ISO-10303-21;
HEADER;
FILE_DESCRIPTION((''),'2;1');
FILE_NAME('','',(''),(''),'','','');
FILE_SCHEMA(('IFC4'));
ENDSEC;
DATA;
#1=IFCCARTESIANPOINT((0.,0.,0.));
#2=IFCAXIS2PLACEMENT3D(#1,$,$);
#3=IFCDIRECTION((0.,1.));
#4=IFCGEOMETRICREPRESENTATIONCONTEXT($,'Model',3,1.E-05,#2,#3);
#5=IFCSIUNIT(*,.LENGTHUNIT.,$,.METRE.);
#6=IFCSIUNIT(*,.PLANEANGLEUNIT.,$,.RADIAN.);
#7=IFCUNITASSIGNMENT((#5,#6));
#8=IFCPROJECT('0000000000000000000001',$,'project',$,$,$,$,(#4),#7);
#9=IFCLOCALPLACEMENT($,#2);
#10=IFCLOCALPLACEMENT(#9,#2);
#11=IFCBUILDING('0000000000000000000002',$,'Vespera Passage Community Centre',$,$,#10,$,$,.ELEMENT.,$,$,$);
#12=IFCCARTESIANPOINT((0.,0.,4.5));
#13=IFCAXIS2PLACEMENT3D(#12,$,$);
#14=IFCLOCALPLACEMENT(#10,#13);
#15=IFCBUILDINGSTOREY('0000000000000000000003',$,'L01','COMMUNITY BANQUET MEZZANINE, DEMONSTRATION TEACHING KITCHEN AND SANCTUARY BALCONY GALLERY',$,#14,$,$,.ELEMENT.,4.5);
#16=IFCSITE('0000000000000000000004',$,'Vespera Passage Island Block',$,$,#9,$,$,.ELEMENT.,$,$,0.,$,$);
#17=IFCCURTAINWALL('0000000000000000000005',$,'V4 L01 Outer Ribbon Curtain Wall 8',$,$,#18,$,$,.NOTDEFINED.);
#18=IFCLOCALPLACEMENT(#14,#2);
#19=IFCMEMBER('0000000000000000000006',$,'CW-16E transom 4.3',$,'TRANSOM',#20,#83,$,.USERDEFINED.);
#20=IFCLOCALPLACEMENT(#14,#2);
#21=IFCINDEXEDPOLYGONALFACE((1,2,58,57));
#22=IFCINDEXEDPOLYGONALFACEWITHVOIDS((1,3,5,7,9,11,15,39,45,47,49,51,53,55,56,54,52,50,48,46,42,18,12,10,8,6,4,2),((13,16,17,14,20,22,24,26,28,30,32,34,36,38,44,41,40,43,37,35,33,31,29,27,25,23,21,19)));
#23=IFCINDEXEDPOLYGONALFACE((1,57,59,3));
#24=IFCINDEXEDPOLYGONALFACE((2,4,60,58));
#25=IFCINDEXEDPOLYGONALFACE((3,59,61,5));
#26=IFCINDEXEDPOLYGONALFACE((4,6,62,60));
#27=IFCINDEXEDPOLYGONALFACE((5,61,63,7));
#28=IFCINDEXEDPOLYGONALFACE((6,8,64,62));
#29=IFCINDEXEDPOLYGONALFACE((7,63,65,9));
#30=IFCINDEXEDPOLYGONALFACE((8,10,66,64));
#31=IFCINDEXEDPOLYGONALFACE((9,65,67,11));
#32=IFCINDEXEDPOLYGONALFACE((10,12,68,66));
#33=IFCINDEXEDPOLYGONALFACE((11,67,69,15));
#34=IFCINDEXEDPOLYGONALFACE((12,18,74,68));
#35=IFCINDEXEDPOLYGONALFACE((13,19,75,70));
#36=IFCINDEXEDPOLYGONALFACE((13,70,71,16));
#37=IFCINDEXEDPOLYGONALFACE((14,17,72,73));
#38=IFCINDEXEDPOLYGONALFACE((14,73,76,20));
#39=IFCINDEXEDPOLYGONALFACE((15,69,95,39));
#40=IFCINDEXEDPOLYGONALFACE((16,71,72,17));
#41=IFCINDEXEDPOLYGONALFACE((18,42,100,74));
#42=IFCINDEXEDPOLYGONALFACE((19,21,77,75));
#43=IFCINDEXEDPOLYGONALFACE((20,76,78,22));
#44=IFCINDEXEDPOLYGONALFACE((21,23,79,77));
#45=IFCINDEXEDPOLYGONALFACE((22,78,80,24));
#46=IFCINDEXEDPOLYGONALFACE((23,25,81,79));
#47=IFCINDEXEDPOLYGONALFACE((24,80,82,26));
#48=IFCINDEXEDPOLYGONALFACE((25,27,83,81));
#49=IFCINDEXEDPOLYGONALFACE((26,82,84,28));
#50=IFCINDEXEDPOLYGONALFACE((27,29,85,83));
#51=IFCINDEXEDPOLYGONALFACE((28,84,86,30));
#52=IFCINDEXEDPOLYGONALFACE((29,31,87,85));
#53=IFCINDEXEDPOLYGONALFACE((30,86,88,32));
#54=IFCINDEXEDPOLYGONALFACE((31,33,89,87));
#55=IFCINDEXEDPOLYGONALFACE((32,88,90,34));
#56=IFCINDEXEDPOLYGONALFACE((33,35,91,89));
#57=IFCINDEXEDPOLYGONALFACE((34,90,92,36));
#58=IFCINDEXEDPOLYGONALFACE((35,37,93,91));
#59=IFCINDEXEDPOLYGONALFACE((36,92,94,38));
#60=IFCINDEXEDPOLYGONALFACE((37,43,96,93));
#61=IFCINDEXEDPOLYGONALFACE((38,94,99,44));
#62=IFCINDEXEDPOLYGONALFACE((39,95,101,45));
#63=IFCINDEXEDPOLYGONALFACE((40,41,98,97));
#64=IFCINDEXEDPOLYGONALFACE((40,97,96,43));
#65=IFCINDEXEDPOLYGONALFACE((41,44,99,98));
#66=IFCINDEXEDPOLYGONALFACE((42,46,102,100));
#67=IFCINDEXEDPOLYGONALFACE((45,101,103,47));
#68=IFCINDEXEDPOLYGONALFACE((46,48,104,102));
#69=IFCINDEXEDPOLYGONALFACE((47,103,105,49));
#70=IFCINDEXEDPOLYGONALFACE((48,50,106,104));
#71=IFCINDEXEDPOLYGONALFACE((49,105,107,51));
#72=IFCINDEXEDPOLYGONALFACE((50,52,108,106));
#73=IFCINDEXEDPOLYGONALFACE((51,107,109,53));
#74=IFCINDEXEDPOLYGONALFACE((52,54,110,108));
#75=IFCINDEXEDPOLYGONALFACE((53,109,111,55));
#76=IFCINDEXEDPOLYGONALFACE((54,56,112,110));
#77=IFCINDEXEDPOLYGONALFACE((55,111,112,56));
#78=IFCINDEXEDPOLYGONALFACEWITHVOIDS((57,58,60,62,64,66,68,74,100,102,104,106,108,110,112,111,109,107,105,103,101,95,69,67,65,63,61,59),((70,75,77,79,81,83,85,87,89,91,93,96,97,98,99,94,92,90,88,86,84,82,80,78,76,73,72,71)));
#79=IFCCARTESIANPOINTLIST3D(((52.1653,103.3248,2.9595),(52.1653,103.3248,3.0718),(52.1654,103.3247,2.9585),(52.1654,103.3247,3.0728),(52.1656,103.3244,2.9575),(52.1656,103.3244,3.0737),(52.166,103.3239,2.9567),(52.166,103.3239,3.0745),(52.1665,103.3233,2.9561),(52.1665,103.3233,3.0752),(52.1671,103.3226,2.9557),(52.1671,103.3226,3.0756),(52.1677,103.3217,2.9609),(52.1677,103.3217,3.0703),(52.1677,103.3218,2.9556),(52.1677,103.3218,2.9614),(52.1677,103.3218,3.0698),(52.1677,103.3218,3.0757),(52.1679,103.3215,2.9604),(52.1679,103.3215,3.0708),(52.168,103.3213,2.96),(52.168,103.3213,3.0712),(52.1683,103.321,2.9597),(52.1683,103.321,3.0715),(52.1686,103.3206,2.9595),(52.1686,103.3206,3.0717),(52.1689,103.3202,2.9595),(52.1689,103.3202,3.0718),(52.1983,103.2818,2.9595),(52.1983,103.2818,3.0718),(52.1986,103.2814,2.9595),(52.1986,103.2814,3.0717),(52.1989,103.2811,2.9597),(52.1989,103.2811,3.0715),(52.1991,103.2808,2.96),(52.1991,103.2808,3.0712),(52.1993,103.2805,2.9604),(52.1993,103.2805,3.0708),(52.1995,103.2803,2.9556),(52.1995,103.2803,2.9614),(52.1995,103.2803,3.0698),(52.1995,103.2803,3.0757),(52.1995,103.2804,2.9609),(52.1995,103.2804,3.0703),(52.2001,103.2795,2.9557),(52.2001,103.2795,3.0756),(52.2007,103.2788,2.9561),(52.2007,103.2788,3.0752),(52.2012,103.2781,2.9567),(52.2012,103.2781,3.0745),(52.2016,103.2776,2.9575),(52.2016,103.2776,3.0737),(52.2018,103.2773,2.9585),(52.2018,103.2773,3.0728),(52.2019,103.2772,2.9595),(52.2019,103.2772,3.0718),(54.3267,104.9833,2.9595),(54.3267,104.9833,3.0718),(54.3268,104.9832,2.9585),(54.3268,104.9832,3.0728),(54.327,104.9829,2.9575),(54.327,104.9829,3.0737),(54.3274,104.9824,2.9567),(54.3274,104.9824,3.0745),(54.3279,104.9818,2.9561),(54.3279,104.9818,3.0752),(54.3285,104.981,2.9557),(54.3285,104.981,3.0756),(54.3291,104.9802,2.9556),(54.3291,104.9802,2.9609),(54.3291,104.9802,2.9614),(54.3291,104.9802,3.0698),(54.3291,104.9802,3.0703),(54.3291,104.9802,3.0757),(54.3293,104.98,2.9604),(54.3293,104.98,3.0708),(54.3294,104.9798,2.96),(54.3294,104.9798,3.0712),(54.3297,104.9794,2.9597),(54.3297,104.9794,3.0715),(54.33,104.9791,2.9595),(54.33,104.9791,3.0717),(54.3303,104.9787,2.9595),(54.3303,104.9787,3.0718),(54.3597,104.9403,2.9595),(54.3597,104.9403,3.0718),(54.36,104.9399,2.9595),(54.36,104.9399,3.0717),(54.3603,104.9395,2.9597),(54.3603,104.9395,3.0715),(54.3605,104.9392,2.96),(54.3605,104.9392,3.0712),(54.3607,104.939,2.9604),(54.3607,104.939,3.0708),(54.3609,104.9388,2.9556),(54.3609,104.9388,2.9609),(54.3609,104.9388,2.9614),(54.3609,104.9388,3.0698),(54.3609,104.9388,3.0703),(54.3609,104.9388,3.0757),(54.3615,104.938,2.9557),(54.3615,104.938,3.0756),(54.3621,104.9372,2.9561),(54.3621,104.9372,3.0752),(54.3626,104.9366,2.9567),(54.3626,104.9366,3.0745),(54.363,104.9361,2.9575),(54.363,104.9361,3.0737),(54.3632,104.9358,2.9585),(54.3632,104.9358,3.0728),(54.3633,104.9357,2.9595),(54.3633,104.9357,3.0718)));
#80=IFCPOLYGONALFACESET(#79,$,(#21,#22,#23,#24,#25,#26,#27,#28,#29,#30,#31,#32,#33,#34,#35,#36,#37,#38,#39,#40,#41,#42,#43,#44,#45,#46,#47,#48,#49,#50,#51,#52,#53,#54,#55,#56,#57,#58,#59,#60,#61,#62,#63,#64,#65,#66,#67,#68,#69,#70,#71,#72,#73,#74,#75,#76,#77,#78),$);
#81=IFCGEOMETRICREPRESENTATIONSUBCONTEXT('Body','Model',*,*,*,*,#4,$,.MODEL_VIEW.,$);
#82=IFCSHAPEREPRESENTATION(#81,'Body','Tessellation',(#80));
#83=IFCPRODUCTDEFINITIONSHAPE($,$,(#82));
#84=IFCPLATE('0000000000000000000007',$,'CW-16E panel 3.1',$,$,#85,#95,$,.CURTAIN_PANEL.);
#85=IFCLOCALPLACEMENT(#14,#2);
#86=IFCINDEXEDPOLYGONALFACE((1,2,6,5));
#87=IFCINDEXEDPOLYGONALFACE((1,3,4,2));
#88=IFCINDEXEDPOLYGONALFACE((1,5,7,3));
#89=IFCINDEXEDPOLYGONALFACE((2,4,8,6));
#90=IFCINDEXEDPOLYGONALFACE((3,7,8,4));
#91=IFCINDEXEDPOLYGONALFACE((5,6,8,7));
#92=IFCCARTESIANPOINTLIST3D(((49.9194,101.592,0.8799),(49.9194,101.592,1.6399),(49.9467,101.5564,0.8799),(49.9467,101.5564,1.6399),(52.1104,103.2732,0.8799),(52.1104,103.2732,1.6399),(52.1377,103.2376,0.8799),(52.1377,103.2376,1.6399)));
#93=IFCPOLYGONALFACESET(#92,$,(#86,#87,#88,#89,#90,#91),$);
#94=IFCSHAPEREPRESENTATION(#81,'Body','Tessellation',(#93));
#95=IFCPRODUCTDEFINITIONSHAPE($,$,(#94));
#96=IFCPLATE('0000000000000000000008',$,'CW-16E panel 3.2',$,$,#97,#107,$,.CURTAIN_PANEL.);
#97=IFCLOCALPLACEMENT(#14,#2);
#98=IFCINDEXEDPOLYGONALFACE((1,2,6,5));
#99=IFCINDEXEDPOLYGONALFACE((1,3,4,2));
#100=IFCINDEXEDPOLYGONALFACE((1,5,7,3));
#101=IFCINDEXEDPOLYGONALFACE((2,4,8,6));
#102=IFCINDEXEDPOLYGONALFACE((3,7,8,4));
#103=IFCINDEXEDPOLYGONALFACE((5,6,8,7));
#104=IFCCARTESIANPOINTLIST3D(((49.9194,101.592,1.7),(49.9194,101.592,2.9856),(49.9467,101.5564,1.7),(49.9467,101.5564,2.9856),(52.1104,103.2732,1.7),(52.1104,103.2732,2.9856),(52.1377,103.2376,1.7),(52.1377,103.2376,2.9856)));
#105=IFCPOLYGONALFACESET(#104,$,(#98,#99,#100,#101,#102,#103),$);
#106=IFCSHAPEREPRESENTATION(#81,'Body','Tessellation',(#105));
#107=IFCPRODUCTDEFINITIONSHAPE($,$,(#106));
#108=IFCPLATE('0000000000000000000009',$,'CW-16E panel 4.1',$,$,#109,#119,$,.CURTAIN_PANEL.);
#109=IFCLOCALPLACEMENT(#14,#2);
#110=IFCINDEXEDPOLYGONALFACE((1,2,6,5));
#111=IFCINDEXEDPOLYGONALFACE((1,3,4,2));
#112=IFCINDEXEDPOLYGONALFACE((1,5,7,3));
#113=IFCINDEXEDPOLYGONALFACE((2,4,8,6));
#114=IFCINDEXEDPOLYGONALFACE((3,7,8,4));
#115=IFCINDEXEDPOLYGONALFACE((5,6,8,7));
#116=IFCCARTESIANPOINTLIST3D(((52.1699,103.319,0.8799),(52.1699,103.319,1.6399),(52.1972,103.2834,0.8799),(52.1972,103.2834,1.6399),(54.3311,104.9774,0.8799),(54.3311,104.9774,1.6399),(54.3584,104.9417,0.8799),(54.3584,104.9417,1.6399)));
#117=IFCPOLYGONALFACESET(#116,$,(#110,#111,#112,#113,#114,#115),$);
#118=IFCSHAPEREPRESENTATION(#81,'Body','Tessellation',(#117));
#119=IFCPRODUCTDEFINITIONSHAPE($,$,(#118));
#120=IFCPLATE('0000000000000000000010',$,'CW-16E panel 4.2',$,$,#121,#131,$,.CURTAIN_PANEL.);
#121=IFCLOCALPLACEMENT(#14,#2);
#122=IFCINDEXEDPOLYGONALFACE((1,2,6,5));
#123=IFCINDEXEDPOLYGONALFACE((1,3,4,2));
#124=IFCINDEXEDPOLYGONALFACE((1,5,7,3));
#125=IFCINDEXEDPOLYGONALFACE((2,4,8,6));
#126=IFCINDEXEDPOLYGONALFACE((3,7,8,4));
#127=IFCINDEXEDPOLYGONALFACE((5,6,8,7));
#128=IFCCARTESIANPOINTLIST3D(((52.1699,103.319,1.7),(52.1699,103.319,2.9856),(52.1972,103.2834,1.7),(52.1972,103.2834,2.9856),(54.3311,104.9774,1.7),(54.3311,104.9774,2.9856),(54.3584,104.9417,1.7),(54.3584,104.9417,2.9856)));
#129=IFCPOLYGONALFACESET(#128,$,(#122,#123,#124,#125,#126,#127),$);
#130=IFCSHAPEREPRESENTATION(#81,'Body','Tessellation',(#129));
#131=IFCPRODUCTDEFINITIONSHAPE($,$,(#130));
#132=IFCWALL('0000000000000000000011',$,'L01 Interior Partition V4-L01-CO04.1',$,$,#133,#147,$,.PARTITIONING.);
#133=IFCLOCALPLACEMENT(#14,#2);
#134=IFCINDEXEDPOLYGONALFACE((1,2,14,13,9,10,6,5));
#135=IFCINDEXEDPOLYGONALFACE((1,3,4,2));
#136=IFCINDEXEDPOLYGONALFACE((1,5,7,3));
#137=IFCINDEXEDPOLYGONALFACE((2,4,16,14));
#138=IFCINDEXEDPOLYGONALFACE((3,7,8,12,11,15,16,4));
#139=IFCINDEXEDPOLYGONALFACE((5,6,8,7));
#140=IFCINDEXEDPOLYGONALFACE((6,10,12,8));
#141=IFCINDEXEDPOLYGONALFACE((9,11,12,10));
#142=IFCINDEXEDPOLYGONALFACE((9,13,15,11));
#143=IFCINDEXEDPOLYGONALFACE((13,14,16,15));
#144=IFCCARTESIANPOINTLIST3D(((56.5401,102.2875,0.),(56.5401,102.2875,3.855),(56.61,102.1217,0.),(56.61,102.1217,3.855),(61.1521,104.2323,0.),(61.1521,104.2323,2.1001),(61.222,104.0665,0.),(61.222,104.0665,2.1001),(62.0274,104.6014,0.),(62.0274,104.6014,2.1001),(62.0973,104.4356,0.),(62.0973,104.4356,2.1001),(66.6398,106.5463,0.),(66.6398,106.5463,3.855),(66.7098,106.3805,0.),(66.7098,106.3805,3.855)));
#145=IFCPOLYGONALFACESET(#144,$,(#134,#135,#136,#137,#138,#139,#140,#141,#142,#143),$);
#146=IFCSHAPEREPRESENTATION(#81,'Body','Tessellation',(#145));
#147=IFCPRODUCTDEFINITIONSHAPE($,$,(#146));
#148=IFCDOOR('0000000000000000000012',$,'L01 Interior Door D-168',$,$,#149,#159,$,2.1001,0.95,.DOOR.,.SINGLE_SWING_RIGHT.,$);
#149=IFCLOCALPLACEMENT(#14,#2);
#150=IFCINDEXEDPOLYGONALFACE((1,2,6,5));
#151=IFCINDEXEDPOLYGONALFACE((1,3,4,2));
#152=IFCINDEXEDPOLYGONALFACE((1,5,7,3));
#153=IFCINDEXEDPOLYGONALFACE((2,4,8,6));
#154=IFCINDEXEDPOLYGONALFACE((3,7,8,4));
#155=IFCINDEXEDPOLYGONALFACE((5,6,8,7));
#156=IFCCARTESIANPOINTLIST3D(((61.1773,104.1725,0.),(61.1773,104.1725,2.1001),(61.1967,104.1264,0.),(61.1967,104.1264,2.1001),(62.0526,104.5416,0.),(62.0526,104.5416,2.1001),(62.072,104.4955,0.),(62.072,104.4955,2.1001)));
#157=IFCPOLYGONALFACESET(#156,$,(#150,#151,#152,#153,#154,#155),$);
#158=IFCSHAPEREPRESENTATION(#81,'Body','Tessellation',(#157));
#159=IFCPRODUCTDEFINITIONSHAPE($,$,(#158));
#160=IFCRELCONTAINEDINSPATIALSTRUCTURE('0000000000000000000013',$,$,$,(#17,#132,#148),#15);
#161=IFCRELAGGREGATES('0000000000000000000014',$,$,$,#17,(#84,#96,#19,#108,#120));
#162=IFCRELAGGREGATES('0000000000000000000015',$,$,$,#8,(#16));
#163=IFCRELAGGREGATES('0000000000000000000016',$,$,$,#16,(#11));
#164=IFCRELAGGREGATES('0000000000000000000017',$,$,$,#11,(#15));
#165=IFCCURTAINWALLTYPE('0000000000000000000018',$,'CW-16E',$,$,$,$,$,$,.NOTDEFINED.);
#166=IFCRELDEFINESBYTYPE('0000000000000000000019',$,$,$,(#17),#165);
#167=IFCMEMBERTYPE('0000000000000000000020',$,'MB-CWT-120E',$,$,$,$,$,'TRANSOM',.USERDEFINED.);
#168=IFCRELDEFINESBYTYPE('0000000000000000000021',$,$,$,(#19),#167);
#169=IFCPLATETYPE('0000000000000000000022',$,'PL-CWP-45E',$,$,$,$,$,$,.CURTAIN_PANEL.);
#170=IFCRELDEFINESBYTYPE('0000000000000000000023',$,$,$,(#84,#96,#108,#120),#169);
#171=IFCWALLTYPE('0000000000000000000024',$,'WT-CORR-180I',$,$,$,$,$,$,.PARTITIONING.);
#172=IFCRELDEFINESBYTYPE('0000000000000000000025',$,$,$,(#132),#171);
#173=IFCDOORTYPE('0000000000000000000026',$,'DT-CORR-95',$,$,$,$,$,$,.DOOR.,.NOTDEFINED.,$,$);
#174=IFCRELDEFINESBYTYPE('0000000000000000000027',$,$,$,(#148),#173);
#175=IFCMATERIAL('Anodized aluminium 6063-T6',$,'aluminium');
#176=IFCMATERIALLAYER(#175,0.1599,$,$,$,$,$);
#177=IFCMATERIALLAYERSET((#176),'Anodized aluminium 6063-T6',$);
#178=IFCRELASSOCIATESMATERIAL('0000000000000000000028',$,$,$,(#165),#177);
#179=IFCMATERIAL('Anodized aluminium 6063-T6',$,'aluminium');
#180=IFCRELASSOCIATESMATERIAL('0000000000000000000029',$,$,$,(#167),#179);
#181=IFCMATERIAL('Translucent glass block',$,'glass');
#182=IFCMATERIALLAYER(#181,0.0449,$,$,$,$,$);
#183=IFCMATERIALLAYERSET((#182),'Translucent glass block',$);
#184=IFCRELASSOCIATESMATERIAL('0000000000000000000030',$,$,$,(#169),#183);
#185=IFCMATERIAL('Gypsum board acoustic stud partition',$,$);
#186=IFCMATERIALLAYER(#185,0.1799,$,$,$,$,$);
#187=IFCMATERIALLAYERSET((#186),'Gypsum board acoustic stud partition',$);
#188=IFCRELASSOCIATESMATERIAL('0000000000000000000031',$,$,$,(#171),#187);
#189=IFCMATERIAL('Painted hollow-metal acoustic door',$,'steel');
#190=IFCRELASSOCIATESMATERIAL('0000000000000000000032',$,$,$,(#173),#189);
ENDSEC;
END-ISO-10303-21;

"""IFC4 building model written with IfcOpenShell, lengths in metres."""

from ifc_helpers import new_model, si_unit, direction, frame, frame_2d, origin, origin_2d, place, context, subcontext, project, spatial, rectangle, hollow_rectangle, extrude, material, layer, layer_set, material_profile, profile_set, type_object, element, fill, aggregate, save


model = new_model("IFC4")

# Units and contexts
model_context = context("Model", 3, precision=1e-05, world=origin(), true_north=direction((0.0, 1.0)))
body_context = subcontext(model_context, "Body", "Model", "MODEL_VIEW")
ifc_project = project(units=[si_unit("LENGTHUNIT", "METRE"), si_unit("PLANEANGLEUNIT", "RADIAN")], contexts=[model_context])

# Site, building, storey
site_placement = place(None, origin())
site = spatial("IfcSite", under=ifc_project, at=site_placement, Name="Vespera Passage Island Block", CompositionType="ELEMENT", RefElevation=0.0)
building_placement = place(site_placement, origin())
building = spatial("IfcBuilding", under=site, at=building_placement, Name="Vespera Passage Community Centre", CompositionType="ELEMENT")
storey_placement = place(building_placement, frame((0.0, 0.0, 4.5)))
storey = spatial("IfcBuildingStorey", under=building, at=storey_placement, Name="L01", Description="COMMUNITY BANQUET MEZZANINE, DEMONSTRATION TEACHING KITCHEN AND SANCTUARY BALCONY GALLERY", CompositionType="ELEMENT", Elevation=4.5)

# Curtain wall
ifc_material_1 = material(Name="Anodized aluminium 6063-T6", Category="aluminium")
ifc_layer_1 = layer(ifc_material_1, 0.1599)
ifc_layer_set_1 = layer_set([ifc_layer_1], Name="Anodized aluminium 6063-T6")
curtain_wall_type_1 = type_object("IfcCurtainWallType", Name="CW-16E", PredefinedType="NOTDEFINED", material=ifc_layer_set_1)
curtain_wall_1_placement = place(storey_placement, origin())
curtain_wall_1 = element("IfcCurtainWall", 1, at=curtain_wall_1_placement, inside=storey, type_object=curtain_wall_type_1, Name="V4 L01 Outer Ribbon Curtain Wall 8", PredefinedType="NOTDEFINED")

# Member
ifc_material_2 = material(Name="Anodized aluminium 6063-T6", Category="aluminium")
ifc_material_profile_1 = material_profile(ifc_material_2, hollow_rectangle(XDim=0.0601, YDim=0.1201, WallThickness=0.0039, InnerFilletRadius=0.002, OuterFilletRadius=0.0039, at=origin_2d()), Name="ALU120X60X4")
ifc_profile_set_1 = profile_set([ifc_material_profile_1], Name="Anodized aluminium 6063-T6")
member_type_1 = type_object("IfcMemberType", Name="MB-CWT-120E", ElementType="TRANSOM", PredefinedType="USERDEFINED", material=ifc_profile_set_1)
member_1_placement = place(storey_placement, frame((52.1836, 103.301, 3.0156), z_axis=(0.79336, 0.608753, 0.0), x_axis=(-0.608753, 0.79336, 0.0)))
member_1 = element("IfcMember", 2, at=member_1_placement, type_object=member_type_1, Name="CW-16E transom 4.3", ObjectType="TRANSOM", PredefinedType="USERDEFINED", context=body_context, shape_type="SweptSolid", body=[
    extrude(hollow_rectangle(XDim=0.0601, YDim=0.1201, WallThickness=0.0039, InnerFilletRadius=0.002, OuterFilletRadius=0.0039, at=origin_2d()), origin(), (0.0, 0.0, 1.0), 2.7244),
])

# Plates
ifc_material_3 = material(Name="Translucent glass block", Category="glass")
ifc_layer_2 = layer(ifc_material_3, 0.0449)
ifc_layer_set_2 = layer_set([ifc_layer_2], Name="Translucent glass block")
plate_type = type_object("IfcPlateType", Name="PL-CWP-45E", PredefinedType="CURTAIN_PANEL", material=ifc_layer_set_2)
plate_1_placement = place(storey_placement, frame((51.0286, 102.4148, 0.8799), z_axis=(0.0, 0.0, 1.0), x_axis=(0.793348, 0.608768, 0.0)))
plate_1 = element("IfcPlate", 3, at=plate_1_placement, type_object=plate_type, Name="CW-16E panel 3.1", PredefinedType="CURTAIN_PANEL", context=body_context, shape_type="SweptSolid", body=[
    extrude(rectangle(XDim=2.7617, YDim=0.0449, at=origin_2d()), origin(), (0.0, 0.0, 1.0), 0.76),
])
plate_2_placement = place(storey_placement, frame((51.0286, 102.4148, 1.7), z_axis=(0.0, 0.0, 1.0), x_axis=(0.793348, 0.608768, 0.0)))
plate_2 = element("IfcPlate", 4, at=plate_2_placement, type_object=plate_type, Name="CW-16E panel 3.2", PredefinedType="CURTAIN_PANEL", context=body_context, shape_type="SweptSolid", body=[
    extrude(rectangle(XDim=2.7617, YDim=0.0449, at=origin_2d()), origin(), (0.0, 0.0, 1.0), 1.2856),
])
plate_3_placement = place(storey_placement, frame((53.2642, 104.1304, 0.8799), z_axis=(0.0, 0.0, 1.0), x_axis=(0.793348, 0.608768, 0.0)))
plate_3 = element("IfcPlate", 5, at=plate_3_placement, type_object=plate_type, Name="CW-16E panel 4.1", PredefinedType="CURTAIN_PANEL", context=body_context, shape_type="SweptSolid", body=[
    extrude(rectangle(XDim=2.7241, YDim=0.0449, at=origin_2d()), origin(), (0.0, 0.0, 1.0), 0.76),
])
plate_4_placement = place(storey_placement, frame((53.2642, 104.1304, 1.7), z_axis=(0.0, 0.0, 1.0), x_axis=(0.793348, 0.608768, 0.0)))
plate_4 = element("IfcPlate", 6, at=plate_4_placement, type_object=plate_type, Name="CW-16E panel 4.2", PredefinedType="CURTAIN_PANEL", context=body_context, shape_type="SweptSolid", body=[
    extrude(rectangle(XDim=2.7241, YDim=0.0449, at=origin_2d()), origin(), (0.0, 0.0, 1.0), 1.2856),
])
aggregate(curtain_wall_1, [plate_1, plate_2, member_1, plate_3, plate_4])

# Wall, opening, door
ifc_material_4 = material(Name="Gypsum board acoustic stud partition")
ifc_layer_3 = layer(ifc_material_4, 0.1799)
ifc_layer_set_3 = layer_set([ifc_layer_3], Name="Gypsum board acoustic stud partition")
wall_type_1 = type_object("IfcWallType", Name="WT-CORR-180I", PredefinedType="PARTITIONING", material=ifc_layer_set_3)
wall_1_placement = place(storey_placement, frame((66.6748, 106.4634, 0.0), z_axis=(0.0, 0.0, 1.0), x_axis=(-0.921432, -0.388539, 0.0)))
wall_1 = element("IfcWall", 7, at=wall_1_placement, inside=storey, type_object=wall_type_1, Name="L01 Interior Partition V4-L01-CO04.1", PredefinedType="PARTITIONING", context=body_context, shape_type="SweptSolid", body=[
    extrude(rectangle(XDim=10.9609, YDim=0.1799, at=frame_2d((5.4805, 0.0))), origin(), (0.0, 0.0, 1.0), 3.855),
])
opening_1_placement = place(wall_1_placement, frame((5.0056, 0.0, 0.0)))
opening_1 = element("IfcOpeningElement", 8, at=opening_1_placement, cuts=wall_1, PredefinedType="OPENING", context=body_context, shape_type="SweptSolid", body=[
    extrude(rectangle(XDim=0.95, YDim=2.1001, at=frame_2d((0.4751, 1.05))), frame((0.0, 0.0999, 0.0), z_axis=(0.0, -1.0, 0.0), x_axis=(1.0, 0.0, 0.0)), (0.0, 0.0, 1.0), 0.2),
])
ifc_material_5 = material(Name="Painted hollow-metal acoustic door", Category="steel")
door_type_1 = type_object("IfcDoorType", Name="DT-CORR-95", OperationType="NOTDEFINED", PredefinedType="DOOR", material=ifc_material_5)
door_1_placement = place(opening_1_placement, origin())
door_1 = element("IfcDoor", 9, at=door_1_placement, inside=storey, type_object=door_type_1, Name="L01 Interior Door D-168", OperationType="SINGLE_SWING_RIGHT", OverallHeight=2.1001, OverallWidth=0.95, PredefinedType="DOOR", context=body_context, shape_type="SweptSolid", body=[
    extrude(rectangle(XDim=0.95, YDim=2.1001, at=frame_2d((0.4751, 1.05))), frame((0.0, 0.0249, 0.0), z_axis=(0.0, -1.0, 0.0), x_axis=(1.0, 0.0, 0.0)), (0.0, 0.0, 1.0), 0.05),
])
fill(opening_1, door_1)

save(model, "model.ifc")
